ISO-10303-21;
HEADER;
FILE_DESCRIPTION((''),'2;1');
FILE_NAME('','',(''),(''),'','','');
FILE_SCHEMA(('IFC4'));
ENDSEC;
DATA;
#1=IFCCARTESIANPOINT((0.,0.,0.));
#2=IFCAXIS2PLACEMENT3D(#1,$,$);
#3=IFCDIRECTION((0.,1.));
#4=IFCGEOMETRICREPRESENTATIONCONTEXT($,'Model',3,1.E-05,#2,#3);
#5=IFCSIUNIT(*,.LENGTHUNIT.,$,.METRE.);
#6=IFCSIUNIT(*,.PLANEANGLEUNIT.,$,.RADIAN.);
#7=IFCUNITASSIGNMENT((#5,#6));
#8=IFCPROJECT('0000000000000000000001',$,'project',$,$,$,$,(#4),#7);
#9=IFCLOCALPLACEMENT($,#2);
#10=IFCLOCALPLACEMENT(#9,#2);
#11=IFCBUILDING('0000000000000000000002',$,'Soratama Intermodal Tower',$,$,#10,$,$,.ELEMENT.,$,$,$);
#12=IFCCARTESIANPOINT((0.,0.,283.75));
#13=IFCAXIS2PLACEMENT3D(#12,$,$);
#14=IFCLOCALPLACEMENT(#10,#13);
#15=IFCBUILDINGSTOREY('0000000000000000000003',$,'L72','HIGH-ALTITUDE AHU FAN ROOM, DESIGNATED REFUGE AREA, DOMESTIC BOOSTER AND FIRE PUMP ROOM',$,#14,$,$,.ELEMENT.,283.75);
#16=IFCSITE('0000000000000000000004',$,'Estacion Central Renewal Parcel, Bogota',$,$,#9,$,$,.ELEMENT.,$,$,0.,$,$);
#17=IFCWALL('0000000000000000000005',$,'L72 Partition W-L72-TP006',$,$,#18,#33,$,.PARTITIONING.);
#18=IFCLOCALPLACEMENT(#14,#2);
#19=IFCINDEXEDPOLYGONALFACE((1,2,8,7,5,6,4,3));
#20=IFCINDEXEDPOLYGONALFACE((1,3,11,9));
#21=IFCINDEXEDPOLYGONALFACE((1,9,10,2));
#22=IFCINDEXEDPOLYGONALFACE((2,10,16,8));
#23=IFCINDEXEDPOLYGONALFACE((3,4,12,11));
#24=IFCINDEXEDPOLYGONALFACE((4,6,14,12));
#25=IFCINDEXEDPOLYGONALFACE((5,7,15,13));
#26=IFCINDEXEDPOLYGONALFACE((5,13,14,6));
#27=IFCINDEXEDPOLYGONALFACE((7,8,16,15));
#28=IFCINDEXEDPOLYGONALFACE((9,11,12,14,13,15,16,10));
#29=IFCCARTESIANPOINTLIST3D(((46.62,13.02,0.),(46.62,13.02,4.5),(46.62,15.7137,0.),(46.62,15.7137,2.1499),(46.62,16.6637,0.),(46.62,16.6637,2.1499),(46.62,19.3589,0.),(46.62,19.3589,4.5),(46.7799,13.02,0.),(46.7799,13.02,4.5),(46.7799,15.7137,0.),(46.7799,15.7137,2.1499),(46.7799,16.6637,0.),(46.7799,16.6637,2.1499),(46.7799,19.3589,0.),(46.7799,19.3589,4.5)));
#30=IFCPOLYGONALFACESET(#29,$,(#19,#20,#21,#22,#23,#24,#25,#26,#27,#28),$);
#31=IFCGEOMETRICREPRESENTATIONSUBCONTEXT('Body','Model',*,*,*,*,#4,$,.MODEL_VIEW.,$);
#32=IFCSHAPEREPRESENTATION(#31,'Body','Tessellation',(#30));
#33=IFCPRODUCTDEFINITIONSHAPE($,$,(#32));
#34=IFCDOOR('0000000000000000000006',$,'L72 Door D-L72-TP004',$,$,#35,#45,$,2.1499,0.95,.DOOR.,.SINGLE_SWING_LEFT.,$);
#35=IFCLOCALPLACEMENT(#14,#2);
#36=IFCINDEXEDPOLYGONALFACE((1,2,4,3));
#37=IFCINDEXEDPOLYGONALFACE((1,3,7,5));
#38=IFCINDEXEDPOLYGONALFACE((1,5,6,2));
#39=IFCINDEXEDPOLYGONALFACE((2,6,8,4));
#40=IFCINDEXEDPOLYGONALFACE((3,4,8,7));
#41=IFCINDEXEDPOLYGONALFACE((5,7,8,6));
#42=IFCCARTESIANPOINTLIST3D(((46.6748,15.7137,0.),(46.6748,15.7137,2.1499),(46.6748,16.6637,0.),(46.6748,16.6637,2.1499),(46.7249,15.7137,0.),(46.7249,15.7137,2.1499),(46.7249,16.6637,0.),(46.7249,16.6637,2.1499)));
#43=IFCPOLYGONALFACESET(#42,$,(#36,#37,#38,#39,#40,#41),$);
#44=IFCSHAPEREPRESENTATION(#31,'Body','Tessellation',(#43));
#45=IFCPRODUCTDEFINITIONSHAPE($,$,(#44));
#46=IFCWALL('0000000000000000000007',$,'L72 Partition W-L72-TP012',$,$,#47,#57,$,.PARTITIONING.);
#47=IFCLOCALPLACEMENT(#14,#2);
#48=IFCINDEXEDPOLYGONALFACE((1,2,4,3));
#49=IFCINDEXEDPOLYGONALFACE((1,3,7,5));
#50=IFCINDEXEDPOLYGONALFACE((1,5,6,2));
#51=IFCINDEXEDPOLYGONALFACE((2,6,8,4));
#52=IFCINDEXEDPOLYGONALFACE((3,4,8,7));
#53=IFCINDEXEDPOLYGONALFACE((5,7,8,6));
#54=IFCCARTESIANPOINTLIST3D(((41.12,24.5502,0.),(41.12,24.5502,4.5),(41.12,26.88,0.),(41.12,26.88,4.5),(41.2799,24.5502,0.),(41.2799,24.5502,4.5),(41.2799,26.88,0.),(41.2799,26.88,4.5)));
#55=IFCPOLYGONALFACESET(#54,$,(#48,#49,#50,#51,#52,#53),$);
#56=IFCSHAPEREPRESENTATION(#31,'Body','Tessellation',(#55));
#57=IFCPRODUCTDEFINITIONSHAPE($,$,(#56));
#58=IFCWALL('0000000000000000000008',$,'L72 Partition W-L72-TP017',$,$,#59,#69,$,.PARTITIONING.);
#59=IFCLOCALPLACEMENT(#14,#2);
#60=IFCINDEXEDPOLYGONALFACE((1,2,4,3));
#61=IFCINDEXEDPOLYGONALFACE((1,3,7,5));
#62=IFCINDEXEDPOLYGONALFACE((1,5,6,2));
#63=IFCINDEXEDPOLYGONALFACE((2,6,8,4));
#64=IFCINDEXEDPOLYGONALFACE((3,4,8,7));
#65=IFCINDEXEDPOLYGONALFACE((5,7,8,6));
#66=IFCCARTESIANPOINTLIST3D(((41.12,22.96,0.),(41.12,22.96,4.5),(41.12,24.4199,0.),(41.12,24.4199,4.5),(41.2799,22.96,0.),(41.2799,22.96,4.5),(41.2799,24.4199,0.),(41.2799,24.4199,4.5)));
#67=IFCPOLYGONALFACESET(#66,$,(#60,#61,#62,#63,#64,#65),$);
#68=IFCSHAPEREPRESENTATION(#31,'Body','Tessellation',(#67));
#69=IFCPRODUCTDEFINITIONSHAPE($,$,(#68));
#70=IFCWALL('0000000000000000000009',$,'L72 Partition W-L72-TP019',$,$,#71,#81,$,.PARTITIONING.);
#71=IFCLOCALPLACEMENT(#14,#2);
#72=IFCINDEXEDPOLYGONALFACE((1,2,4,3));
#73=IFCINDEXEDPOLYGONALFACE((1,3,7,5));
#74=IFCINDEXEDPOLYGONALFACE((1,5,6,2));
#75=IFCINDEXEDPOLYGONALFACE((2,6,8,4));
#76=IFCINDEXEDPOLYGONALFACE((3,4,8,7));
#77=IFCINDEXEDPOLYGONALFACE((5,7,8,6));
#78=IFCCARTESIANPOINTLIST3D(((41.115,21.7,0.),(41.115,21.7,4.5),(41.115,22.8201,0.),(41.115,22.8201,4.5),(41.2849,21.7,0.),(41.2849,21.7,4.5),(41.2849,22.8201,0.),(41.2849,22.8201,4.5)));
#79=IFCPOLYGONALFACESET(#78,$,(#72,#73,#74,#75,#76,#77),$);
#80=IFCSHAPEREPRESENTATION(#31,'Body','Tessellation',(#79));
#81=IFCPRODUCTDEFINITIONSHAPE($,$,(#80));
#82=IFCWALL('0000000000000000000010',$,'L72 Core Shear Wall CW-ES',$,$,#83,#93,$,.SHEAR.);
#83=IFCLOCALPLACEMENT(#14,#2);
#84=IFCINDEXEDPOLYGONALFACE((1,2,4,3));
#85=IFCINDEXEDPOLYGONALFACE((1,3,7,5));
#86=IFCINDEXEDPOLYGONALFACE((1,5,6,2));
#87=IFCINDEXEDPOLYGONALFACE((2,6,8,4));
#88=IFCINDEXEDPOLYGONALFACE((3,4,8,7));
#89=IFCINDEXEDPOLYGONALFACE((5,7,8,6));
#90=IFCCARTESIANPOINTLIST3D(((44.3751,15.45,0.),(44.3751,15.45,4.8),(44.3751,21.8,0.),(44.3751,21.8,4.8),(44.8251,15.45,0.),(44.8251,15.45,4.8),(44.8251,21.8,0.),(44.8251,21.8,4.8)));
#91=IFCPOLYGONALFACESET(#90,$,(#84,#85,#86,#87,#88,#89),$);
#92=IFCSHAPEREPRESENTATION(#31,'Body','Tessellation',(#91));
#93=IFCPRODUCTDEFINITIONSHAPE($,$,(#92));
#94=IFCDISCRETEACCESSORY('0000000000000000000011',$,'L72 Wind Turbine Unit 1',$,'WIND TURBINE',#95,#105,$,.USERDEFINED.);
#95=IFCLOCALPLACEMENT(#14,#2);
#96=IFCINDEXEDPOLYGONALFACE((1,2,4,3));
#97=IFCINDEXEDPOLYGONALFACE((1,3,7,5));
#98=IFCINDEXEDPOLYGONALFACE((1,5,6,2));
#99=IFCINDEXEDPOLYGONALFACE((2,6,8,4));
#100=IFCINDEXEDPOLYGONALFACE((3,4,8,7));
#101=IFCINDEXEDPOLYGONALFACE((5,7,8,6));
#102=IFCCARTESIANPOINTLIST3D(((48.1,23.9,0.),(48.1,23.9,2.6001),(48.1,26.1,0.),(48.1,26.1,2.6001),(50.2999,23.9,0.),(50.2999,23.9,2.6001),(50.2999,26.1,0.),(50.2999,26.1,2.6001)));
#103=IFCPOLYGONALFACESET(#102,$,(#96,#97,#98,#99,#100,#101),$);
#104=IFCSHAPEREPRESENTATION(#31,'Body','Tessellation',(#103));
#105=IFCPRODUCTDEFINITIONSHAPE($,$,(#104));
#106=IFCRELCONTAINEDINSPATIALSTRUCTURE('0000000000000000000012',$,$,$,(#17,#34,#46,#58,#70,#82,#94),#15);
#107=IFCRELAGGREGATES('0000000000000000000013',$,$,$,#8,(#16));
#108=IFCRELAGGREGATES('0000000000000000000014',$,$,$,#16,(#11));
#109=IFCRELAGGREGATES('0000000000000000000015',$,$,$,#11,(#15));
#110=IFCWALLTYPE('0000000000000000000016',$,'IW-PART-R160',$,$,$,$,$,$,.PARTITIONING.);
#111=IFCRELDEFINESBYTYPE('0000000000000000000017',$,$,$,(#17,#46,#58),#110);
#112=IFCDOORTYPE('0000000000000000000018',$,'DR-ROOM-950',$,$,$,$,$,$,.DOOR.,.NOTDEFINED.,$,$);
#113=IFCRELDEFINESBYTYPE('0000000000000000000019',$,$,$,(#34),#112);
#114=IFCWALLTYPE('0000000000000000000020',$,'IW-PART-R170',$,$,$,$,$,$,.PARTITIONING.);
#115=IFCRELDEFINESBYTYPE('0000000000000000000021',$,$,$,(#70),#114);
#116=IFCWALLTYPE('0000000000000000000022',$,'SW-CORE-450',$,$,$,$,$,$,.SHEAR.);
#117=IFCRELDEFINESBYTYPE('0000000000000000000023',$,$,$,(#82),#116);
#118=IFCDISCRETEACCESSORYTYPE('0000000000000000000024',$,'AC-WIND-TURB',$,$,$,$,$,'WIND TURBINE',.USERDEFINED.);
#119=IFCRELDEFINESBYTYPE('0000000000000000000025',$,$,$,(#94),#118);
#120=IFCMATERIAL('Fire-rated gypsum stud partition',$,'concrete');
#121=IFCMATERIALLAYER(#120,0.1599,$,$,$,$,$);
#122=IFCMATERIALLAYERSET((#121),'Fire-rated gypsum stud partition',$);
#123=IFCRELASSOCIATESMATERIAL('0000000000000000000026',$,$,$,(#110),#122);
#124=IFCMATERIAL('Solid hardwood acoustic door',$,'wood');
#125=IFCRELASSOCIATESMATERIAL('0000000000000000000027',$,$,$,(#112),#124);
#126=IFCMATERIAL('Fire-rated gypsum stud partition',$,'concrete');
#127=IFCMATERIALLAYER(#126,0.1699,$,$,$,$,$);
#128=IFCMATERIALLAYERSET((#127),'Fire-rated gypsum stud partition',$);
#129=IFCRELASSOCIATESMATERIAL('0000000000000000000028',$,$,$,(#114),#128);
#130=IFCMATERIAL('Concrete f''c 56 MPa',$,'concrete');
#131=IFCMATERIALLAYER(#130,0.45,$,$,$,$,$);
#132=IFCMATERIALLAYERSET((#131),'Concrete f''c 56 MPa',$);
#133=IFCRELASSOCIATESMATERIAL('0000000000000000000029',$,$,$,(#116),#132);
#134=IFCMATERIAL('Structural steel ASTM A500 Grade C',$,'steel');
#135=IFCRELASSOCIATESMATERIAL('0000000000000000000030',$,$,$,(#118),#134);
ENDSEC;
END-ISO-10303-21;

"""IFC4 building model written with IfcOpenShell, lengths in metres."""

from ifc_helpers import new_model, si_unit, direction, frame, frame_2d, origin, origin_2d, place, context, subcontext, project, spatial, rectangle, extrude, material, layer, layer_set, type_object, element, fill, save


model = new_model("IFC4")

# Units and contexts
model_context = context("Model", 3, precision=1e-05, world=origin(), true_north=direction((0.0, 1.0)))
body_context = subcontext(model_context, "Body", "Model", "MODEL_VIEW")
ifc_project = project(units=[si_unit("LENGTHUNIT", "METRE"), si_unit("PLANEANGLEUNIT", "RADIAN")], contexts=[model_context])

# Site, building, storey
site_placement = place(None, origin())
site = spatial("IfcSite", under=ifc_project, at=site_placement, Name="Estacion Central Renewal Parcel, Bogota", CompositionType="ELEMENT", RefElevation=0.0)
building_placement = place(site_placement, origin())
building = spatial("IfcBuilding", under=site, at=building_placement, Name="Soratama Intermodal Tower", CompositionType="ELEMENT")
storey_placement = place(building_placement, frame((0.0, 0.0, 283.75)))
storey = spatial("IfcBuildingStorey", under=building, at=storey_placement, Name="L72", Description="HIGH-ALTITUDE AHU FAN ROOM, DESIGNATED REFUGE AREA, DOMESTIC BOOSTER AND FIRE PUMP ROOM", CompositionType="ELEMENT", Elevation=283.75)

# Wall, opening, door
ifc_material_1 = material(Name="Fire-rated gypsum stud partition", Category="concrete")
ifc_layer_1 = layer(ifc_material_1, 0.1599)
ifc_layer_set_1 = layer_set([ifc_layer_1], Name="Fire-rated gypsum stud partition")
wall_type_1 = type_object("IfcWallType", Name="IW-PART-R160", PredefinedType="PARTITIONING", material=ifc_layer_set_1)
wall_1_placement = place(storey_placement, frame((46.7, 19.3589, 0.0), z_axis=(0.0, 0.0, 1.0), x_axis=(0.0, -1.0, 0.0)))
wall_1 = element("IfcWall", 1, at=wall_1_placement, inside=storey, type_object=wall_type_1, Name="L72 Partition W-L72-TP006", PredefinedType="PARTITIONING", context=body_context, shape_type="SweptSolid", body=[
    extrude(rectangle(XDim=6.3389, YDim=0.1599, at=frame_2d((3.1694, 0.0))), origin(), (0.0, 0.0, 1.0), 4.5),
])
opening_1_placement = place(wall_1_placement, frame((2.6951, 0.0, 0.0)))
opening_1 = element("IfcOpeningElement", 2, at=opening_1_placement, cuts=wall_1, PredefinedType="OPENING", context=body_context, shape_type="SweptSolid", body=[
    extrude(rectangle(XDim=0.95, YDim=2.1499, at=frame_2d((0.4751, 1.075))), frame((0.0, 0.0898, 0.0), z_axis=(0.0, -1.0, 0.0), x_axis=(1.0, 0.0, 0.0)), (0.0, 0.0, 1.0), 0.1799),
])
ifc_material_2 = material(Name="Solid hardwood acoustic door", Category="wood")
door_type_1 = type_object("IfcDoorType", Name="DR-ROOM-950", OperationType="NOTDEFINED", PredefinedType="DOOR", material=ifc_material_2)
door_1_placement = place(opening_1_placement, origin())
door_1 = element("IfcDoor", 3, at=door_1_placement, inside=storey, type_object=door_type_1, Name="L72 Door D-L72-TP004", OperationType="SINGLE_SWING_LEFT", OverallHeight=2.1499, OverallWidth=0.95, PredefinedType="DOOR", context=body_context, shape_type="SweptSolid", body=[
    extrude(rectangle(XDim=0.95, YDim=2.1499, at=frame_2d((0.4751, 1.075))), frame((0.0, 0.0249, 0.0), z_axis=(0.0, -1.0, 0.0), x_axis=(1.0, 0.0, 0.0)), (0.0, 0.0, 1.0), 0.05),
])
fill(opening_1, door_1)

# Walls
wall_2_placement = place(storey_placement, frame((41.2, 24.55, 0.0), z_axis=(0.0, 0.0, 1.0), x_axis=(0.0, 1.0, 0.0)))
element("IfcWall", 4, at=wall_2_placement, inside=storey, type_object=wall_type_1, Name="L72 Partition W-L72-TP012", PredefinedType="PARTITIONING", context=body_context, shape_type="SweptSolid", body=[
    extrude(rectangle(XDim=2.3298, YDim=0.1599, at=frame_2d((1.165, 0.0))), origin(), (0.0, 0.0, 1.0), 4.5),
])
wall_3_placement = place(storey_placement, frame((41.2, 22.96, 0.0), z_axis=(0.0, 0.0, 1.0), x_axis=(0.0, 1.0, 0.0)))
element("IfcWall", 5, at=wall_3_placement, inside=storey, type_object=wall_type_1, Name="L72 Partition W-L72-TP017", PredefinedType="PARTITIONING", context=body_context, shape_type="SweptSolid", body=[
    extrude(rectangle(XDim=1.46, YDim=0.1599, at=frame_2d((0.73, 0.0))), origin(), (0.0, 0.0, 1.0), 4.5),
])

# Shared definitions
ifc_material_3 = material(Name="Fire-rated gypsum stud partition", Category="concrete")
ifc_layer_2 = layer(ifc_material_3, 0.1699)
ifc_layer_set_2 = layer_set([ifc_layer_2], Name="Fire-rated gypsum stud partition")
wall_type_2 = type_object("IfcWallType", Name="IW-PART-R170", PredefinedType="PARTITIONING", material=ifc_layer_set_2)

# Walls
wall_4_placement = place(storey_placement, frame((41.2, 21.7, 0.0), z_axis=(0.0, 0.0, 1.0), x_axis=(0.0, 1.0, 0.0)))
element("IfcWall", 6, at=wall_4_placement, inside=storey, type_object=wall_type_2, Name="L72 Partition W-L72-TP019", PredefinedType="PARTITIONING", context=body_context, shape_type="SweptSolid", body=[
    extrude(rectangle(XDim=1.1201, YDim=0.1699, at=frame_2d((0.5601, 0.0))), origin(), (0.0, 0.0, 1.0), 4.5),
])
ifc_material_4 = material(Name="Concrete f'c 56 MPa", Category="concrete")
ifc_layer_3 = layer(ifc_material_4, 0.45)
ifc_layer_set_3 = layer_set([ifc_layer_3], Name="Concrete f'c 56 MPa")
wall_type_3 = type_object("IfcWallType", Name="SW-CORE-450", PredefinedType="SHEAR", material=ifc_layer_set_3)
wall_5_placement = place(storey_placement, frame((44.6001, 15.45, 0.0), z_axis=(0.0, 0.0, 1.0), x_axis=(0.0, 1.0, 0.0)))
element("IfcWall", 7, at=wall_5_placement, inside=storey, type_object=wall_type_3, Name="L72 Core Shear Wall CW-ES", PredefinedType="SHEAR", context=body_context, shape_type="SweptSolid", body=[
    extrude(rectangle(XDim=6.3501, YDim=0.45, at=frame_2d((3.175, 0.0))), origin(), (0.0, 0.0, 1.0), 4.8),
])

# Discrete accessory
ifc_material_5 = material(Name="Structural steel ASTM A500 Grade C", Category="steel")
discrete_accessory_type = type_object("IfcDiscreteAccessoryType", Name="AC-WIND-TURB", ElementType="WIND TURBINE", PredefinedType="USERDEFINED", material=ifc_material_5)
discrete_accessory_placement = place(storey_placement, frame((49.2, 25.0, 0.0), z_axis=(0.0, 0.0, 1.0), x_axis=(1.0, 0.0, 0.0)))
element("IfcDiscreteAccessory", 8, at=discrete_accessory_placement, inside=storey, type_object=discrete_accessory_type, Name="L72 Wind Turbine Unit 1", ObjectType="WIND TURBINE", PredefinedType="USERDEFINED", context=body_context, shape_type="SweptSolid", body=[
    extrude(rectangle(XDim=2.2, YDim=2.2, at=origin_2d()), origin(), (0.0, 0.0, 1.0), 2.6001),
])

save(model, "model.ifc")
